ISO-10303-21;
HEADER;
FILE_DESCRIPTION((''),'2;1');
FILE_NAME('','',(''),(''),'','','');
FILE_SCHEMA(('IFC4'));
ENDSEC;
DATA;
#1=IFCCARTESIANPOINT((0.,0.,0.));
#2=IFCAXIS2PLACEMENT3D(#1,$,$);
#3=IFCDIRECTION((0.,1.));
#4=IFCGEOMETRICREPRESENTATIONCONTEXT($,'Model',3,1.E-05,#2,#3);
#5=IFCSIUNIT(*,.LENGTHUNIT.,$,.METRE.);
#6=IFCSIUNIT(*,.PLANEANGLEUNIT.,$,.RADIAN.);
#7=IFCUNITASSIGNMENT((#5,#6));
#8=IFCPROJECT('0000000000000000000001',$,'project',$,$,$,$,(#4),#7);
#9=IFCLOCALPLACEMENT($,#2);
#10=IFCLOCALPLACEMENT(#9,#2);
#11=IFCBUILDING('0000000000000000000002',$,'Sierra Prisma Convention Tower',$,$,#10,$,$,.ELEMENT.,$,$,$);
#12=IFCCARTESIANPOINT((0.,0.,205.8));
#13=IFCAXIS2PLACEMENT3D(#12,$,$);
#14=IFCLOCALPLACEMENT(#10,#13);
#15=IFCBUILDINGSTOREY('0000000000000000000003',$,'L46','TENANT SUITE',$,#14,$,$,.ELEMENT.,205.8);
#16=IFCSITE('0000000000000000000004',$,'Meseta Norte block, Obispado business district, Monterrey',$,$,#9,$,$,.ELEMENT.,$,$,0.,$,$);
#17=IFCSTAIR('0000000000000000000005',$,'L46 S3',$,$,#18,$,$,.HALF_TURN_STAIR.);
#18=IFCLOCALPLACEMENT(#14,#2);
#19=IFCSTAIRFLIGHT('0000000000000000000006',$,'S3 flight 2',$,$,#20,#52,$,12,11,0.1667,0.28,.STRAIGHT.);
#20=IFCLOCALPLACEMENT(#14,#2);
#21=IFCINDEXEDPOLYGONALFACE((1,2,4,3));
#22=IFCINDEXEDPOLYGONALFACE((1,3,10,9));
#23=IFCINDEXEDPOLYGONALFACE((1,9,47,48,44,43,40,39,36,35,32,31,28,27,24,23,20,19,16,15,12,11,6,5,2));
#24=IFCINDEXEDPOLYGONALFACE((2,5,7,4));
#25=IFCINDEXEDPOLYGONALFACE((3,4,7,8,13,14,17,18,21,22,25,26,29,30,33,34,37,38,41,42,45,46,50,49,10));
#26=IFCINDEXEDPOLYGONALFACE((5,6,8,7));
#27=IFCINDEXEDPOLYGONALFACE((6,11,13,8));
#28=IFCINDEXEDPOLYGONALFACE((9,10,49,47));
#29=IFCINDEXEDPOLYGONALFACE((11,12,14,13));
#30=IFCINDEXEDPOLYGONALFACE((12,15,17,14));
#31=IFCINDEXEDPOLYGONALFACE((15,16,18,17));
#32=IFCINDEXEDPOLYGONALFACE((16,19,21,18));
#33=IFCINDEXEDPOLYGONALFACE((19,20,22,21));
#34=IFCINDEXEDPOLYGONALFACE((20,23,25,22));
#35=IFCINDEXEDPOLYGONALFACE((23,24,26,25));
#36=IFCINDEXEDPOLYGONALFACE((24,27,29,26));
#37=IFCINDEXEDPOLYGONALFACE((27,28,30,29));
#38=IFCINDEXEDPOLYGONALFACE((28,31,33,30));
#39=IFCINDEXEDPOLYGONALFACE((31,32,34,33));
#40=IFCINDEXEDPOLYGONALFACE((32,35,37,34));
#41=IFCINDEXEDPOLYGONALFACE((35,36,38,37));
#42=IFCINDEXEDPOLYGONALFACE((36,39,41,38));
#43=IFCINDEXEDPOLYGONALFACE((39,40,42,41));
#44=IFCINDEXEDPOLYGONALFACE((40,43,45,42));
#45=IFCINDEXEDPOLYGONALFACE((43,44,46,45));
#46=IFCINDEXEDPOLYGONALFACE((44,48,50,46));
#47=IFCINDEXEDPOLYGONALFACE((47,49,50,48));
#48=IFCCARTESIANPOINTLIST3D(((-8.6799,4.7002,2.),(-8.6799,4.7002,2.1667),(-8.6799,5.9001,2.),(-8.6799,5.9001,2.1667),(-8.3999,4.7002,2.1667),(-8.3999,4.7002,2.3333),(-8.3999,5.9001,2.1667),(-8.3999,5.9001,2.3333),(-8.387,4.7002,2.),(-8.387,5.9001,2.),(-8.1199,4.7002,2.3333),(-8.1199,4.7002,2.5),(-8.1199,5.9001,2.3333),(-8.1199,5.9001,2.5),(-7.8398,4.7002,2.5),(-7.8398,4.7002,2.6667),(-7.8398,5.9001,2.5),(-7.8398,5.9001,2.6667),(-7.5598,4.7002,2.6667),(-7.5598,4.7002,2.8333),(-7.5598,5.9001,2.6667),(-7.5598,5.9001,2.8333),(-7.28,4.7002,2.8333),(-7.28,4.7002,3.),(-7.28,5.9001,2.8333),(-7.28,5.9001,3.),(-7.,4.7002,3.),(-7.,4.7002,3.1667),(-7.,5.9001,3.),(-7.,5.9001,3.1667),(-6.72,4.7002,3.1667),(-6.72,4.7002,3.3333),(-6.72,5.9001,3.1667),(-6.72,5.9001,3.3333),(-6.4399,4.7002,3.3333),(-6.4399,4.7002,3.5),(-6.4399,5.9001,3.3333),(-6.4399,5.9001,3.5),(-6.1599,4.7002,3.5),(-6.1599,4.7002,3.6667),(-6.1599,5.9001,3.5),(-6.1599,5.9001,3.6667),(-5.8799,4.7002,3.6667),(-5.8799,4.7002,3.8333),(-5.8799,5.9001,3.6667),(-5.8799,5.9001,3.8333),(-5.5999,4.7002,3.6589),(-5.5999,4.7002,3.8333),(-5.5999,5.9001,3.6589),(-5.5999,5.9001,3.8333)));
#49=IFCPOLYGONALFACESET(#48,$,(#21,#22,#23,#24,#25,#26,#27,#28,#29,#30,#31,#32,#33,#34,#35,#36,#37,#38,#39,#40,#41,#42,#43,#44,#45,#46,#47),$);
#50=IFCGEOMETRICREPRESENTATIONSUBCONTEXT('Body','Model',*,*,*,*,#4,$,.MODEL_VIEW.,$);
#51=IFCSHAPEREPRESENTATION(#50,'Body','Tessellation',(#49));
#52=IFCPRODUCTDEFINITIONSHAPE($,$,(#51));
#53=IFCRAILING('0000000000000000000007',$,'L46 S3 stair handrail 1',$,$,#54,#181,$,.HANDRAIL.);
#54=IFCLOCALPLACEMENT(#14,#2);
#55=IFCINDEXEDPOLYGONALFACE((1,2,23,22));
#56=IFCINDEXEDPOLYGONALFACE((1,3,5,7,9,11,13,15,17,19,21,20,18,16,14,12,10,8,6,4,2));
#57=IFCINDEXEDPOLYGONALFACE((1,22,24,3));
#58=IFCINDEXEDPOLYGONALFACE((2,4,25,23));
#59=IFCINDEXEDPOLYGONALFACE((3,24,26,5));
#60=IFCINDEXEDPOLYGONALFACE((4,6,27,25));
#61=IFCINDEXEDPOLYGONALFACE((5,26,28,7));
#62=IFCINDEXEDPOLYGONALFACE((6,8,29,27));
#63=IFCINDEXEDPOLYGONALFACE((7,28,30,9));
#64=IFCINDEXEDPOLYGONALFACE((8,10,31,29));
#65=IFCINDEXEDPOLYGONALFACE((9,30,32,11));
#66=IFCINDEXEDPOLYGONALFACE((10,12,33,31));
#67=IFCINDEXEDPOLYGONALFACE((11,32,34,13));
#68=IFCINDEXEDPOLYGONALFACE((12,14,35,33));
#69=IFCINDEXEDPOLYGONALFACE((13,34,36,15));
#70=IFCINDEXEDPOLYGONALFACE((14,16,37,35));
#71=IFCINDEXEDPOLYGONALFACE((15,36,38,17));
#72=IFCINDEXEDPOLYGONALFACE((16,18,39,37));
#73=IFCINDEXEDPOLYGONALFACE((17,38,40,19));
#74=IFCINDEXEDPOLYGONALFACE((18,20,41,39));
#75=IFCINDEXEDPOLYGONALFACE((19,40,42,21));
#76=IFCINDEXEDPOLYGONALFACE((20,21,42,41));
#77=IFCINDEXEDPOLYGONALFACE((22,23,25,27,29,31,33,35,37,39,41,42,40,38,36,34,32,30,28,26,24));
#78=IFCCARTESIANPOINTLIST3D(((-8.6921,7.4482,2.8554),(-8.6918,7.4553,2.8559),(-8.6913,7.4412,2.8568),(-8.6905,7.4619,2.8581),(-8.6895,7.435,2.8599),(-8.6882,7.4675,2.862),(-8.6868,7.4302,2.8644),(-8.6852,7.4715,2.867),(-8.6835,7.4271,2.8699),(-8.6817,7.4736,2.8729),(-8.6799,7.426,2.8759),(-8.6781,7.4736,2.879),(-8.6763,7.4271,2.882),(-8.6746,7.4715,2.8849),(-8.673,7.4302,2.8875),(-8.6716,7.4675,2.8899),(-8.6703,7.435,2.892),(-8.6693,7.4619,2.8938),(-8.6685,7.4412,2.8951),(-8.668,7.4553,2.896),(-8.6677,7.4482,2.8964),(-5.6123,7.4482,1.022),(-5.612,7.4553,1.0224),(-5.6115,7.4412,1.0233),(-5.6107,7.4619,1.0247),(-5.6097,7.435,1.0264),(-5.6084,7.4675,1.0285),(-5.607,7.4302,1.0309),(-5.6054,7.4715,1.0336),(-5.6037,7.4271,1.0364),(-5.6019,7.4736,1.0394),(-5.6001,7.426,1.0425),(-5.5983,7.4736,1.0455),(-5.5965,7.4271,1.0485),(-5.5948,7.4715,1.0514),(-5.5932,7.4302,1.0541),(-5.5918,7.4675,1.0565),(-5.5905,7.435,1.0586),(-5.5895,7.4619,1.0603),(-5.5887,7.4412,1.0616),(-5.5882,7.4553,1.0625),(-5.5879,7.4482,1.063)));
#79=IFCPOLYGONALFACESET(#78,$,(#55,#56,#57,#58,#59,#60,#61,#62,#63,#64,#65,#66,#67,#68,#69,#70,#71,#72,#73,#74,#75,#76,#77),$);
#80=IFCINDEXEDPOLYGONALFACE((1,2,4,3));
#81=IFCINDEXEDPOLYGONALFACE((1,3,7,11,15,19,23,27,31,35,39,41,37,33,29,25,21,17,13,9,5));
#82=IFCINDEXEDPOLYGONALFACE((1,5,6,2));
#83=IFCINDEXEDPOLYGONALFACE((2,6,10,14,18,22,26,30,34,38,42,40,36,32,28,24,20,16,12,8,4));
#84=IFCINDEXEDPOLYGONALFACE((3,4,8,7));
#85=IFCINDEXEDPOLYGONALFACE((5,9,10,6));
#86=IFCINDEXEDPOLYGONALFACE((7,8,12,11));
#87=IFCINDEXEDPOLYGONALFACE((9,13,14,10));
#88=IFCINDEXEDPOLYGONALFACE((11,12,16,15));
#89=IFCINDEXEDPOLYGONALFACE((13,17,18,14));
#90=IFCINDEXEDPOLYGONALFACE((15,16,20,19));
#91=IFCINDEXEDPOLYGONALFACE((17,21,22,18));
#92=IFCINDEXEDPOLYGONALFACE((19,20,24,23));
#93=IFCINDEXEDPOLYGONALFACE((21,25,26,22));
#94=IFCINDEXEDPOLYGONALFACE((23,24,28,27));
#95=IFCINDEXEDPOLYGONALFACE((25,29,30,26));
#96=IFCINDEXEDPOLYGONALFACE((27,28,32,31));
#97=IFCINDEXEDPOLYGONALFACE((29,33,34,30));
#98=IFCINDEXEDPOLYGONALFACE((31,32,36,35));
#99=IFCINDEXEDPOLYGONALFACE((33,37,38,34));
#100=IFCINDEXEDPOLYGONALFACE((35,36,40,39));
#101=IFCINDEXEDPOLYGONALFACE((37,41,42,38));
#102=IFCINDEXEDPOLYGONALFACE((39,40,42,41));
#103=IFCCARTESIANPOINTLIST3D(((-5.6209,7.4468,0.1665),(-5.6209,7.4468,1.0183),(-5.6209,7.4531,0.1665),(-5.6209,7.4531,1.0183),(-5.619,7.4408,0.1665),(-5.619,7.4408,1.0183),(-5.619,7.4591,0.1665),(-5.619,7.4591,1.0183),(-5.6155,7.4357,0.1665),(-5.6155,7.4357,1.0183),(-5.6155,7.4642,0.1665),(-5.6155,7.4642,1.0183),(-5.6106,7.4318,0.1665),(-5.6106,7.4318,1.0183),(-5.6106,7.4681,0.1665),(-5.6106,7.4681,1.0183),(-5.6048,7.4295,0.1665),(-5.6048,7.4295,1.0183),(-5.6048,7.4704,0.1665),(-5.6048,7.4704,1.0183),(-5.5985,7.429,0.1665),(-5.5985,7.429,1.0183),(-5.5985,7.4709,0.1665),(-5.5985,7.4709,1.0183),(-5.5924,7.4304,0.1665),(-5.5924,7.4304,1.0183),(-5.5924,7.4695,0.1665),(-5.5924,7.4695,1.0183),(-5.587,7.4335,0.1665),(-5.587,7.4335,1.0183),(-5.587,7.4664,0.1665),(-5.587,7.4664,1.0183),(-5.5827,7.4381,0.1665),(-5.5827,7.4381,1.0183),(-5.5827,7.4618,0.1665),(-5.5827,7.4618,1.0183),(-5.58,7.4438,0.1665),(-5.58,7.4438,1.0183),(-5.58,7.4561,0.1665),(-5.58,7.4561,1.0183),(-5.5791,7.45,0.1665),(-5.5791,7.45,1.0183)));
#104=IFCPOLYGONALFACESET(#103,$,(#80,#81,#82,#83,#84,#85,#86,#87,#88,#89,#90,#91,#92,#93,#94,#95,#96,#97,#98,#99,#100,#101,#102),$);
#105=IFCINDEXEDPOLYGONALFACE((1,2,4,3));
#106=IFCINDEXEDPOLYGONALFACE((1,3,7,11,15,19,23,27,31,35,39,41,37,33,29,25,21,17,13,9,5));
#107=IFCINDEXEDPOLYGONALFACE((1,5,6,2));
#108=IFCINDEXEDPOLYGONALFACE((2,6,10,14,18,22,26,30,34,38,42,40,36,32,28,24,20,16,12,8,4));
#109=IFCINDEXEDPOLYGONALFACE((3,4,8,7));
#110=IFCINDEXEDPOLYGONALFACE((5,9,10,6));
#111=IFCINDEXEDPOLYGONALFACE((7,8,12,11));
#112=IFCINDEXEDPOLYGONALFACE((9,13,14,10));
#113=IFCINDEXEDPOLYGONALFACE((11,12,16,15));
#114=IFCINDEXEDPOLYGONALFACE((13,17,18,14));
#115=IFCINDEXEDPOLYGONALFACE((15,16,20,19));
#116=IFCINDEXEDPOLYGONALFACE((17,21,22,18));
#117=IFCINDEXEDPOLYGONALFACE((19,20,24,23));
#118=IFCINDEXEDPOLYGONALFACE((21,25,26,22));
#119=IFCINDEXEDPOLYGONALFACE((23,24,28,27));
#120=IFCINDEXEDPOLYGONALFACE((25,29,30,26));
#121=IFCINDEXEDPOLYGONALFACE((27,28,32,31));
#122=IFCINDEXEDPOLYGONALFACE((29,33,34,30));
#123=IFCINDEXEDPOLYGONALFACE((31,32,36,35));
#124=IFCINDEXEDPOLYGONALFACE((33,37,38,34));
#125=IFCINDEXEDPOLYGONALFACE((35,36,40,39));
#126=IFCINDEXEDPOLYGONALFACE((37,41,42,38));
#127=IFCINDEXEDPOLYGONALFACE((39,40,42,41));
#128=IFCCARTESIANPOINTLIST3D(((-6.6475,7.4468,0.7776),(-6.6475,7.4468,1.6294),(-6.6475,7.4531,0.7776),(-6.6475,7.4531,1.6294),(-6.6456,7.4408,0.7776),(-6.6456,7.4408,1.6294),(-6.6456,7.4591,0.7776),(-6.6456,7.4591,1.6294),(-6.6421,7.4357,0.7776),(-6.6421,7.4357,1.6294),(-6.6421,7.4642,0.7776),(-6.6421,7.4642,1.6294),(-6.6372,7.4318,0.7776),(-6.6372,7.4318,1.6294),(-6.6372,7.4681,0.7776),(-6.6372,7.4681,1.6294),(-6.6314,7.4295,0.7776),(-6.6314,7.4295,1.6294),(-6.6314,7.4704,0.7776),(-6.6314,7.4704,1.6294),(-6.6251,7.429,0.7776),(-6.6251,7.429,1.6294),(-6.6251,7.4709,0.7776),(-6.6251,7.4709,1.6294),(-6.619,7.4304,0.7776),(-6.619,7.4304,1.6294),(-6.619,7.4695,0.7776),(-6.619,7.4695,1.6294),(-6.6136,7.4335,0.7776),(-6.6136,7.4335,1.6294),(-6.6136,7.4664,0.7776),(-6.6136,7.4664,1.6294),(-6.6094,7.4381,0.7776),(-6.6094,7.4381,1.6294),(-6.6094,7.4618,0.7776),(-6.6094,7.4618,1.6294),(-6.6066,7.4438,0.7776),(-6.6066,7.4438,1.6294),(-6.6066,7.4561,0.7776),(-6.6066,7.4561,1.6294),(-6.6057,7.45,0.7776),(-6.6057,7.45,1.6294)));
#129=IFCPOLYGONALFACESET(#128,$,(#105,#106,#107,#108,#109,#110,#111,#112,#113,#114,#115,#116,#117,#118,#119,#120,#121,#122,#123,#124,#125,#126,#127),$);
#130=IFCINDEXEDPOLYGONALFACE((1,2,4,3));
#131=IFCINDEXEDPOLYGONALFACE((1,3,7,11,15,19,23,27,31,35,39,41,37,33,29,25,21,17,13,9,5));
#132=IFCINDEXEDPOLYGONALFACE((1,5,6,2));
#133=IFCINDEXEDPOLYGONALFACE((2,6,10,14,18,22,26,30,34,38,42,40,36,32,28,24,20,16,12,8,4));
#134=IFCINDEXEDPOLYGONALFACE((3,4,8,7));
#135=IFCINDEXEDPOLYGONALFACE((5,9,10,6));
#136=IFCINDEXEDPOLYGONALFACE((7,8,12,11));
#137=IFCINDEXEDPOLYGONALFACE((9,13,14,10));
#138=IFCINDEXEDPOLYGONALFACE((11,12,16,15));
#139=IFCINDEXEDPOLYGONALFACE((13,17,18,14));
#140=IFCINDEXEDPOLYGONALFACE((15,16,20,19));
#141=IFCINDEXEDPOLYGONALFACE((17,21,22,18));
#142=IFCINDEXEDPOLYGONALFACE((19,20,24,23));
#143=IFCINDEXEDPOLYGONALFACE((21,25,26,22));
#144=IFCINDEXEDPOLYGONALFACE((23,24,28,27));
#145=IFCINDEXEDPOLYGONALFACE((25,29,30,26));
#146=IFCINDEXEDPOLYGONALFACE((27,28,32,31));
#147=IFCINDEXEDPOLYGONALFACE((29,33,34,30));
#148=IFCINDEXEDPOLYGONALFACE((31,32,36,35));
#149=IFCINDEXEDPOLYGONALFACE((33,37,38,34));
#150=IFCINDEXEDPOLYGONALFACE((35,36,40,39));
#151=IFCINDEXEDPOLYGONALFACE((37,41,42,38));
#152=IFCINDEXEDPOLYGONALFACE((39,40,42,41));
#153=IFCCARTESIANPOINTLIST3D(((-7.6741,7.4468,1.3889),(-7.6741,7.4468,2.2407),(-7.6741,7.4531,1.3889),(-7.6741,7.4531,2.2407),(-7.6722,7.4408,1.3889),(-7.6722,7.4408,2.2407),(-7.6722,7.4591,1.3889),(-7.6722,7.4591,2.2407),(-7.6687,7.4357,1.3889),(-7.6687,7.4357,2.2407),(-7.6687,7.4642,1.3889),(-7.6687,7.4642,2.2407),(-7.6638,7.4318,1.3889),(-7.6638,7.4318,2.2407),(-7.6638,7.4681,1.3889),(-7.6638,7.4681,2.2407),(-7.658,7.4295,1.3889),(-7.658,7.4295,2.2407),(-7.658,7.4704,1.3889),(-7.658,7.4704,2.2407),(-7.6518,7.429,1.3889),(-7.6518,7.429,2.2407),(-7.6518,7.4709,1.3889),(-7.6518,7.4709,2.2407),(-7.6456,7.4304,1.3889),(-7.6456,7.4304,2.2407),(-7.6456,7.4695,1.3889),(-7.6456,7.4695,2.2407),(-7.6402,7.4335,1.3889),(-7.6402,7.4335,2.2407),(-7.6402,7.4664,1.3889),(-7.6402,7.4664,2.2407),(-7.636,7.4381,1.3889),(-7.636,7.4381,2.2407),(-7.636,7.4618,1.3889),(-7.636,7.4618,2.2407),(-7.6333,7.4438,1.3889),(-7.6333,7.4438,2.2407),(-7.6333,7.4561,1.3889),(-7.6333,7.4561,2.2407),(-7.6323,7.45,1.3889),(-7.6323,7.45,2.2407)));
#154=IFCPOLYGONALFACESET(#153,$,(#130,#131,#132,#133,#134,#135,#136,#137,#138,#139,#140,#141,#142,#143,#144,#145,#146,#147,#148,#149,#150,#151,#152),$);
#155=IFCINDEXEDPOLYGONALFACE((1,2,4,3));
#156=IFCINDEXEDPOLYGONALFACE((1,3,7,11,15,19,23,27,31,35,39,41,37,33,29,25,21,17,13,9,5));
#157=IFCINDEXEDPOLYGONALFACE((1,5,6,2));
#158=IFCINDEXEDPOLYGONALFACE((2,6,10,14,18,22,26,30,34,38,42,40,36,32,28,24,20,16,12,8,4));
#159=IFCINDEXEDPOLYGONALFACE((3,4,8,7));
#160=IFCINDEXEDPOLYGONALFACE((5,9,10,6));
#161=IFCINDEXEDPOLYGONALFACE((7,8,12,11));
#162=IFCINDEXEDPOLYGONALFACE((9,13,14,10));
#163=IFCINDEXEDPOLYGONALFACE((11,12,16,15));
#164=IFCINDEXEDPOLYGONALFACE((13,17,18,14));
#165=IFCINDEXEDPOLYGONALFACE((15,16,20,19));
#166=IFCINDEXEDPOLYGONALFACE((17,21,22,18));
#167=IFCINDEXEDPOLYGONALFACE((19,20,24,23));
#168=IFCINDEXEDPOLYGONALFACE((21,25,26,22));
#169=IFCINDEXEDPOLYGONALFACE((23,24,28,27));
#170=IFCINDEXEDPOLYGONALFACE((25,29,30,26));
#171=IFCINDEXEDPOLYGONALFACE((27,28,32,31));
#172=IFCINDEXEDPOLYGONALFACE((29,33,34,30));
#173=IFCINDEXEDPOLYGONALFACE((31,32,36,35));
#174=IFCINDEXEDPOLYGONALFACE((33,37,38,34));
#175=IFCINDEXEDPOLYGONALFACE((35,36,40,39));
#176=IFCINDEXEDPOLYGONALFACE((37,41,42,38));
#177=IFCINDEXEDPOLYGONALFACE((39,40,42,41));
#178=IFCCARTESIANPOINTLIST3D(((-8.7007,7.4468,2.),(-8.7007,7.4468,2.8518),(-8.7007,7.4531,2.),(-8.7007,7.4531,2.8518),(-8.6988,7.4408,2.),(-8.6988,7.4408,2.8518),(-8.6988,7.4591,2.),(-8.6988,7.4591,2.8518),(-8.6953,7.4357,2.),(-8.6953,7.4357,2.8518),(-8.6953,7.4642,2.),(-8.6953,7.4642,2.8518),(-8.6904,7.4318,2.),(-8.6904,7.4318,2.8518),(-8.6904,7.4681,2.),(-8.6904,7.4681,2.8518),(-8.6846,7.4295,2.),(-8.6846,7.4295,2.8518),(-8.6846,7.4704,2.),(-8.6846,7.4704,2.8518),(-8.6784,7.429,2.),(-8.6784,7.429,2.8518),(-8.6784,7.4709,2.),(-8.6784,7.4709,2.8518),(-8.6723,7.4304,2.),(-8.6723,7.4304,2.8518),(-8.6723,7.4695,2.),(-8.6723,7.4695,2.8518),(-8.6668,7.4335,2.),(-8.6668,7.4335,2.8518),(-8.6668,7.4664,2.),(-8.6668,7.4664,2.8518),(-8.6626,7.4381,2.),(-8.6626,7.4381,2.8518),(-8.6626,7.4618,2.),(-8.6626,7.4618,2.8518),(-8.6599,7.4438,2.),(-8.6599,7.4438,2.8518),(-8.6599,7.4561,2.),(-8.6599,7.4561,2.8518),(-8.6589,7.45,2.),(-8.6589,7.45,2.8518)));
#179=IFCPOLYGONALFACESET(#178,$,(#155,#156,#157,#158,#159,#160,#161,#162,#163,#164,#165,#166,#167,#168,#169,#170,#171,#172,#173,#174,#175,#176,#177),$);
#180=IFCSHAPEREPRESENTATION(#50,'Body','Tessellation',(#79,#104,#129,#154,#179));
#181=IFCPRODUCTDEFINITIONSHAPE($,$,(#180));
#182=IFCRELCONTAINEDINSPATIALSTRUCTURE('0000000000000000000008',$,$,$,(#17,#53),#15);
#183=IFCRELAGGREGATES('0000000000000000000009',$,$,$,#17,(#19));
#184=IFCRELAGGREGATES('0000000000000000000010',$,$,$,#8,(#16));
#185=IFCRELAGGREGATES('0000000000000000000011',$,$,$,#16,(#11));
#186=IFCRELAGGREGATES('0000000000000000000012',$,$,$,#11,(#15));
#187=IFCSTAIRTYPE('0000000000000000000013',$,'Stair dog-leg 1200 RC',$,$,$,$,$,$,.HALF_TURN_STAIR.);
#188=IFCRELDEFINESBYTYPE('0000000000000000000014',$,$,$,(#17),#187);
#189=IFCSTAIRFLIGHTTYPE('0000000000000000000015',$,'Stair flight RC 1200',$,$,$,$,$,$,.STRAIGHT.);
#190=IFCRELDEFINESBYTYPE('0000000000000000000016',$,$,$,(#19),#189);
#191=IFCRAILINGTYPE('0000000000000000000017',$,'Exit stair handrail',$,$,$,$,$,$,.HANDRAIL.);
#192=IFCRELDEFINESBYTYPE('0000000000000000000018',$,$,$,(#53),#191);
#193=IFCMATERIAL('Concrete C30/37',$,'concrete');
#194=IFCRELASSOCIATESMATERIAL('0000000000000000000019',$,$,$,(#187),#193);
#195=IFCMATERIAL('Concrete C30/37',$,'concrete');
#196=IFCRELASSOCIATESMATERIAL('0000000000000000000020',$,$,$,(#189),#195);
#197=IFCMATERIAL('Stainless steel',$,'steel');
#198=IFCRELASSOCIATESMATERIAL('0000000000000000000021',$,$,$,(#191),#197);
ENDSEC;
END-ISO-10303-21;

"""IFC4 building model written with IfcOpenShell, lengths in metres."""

from ifc_helpers import new_model, si_unit, direction, frame, origin, origin_2d, place, context, subcontext, project, spatial, polyline, circle, outline, extrude, material, type_object, element, aggregate, save


model = new_model("IFC4")

# Units and contexts
model_context = context("Model", 3, precision=1e-05, world=origin(), true_north=direction((0.0, 1.0)))
body_context = subcontext(model_context, "Body", "Model", "MODEL_VIEW")
ifc_project = project(units=[si_unit("LENGTHUNIT", "METRE"), si_unit("PLANEANGLEUNIT", "RADIAN")], contexts=[model_context])

# Site, building, storey
site_placement = place(None, origin())
site = spatial("IfcSite", under=ifc_project, at=site_placement, Name="Meseta Norte block, Obispado business district, Monterrey", CompositionType="ELEMENT", RefElevation=0.0)
building_placement = place(site_placement, origin())
building = spatial("IfcBuilding", under=site, at=building_placement, Name="Sierra Prisma Convention Tower", CompositionType="ELEMENT")
storey_placement = place(building_placement, frame((0.0, 0.0, 205.8)))
storey = spatial("IfcBuildingStorey", under=building, at=storey_placement, Name="L46", Description="TENANT SUITE", CompositionType="ELEMENT", Elevation=205.8)

# Stair, stair flight
ifc_material_1 = material(Name="Concrete C30/37", Category="concrete")
stair_type = type_object("IfcStairType", Name="Stair dog-leg 1200 RC", PredefinedType="HALF_TURN_STAIR", material=ifc_material_1)
stair_placement = place(storey_placement, origin())
stair = element("IfcStair", 1, at=stair_placement, inside=storey, type_object=stair_type, Name="L46 S3", PredefinedType="HALF_TURN_STAIR")
ifc_material_2 = material(Name="Concrete C30/37", Category="concrete")
stair_flight_type = type_object("IfcStairFlightType", Name="Stair flight RC 1200", PredefinedType="STRAIGHT", material=ifc_material_2)
stair_flight_1_placement = place(storey_placement, frame((-8.6799, 5.3, 2.0), z_axis=(0.0, 0.0, 1.0), x_axis=(1.0, 0.0, 0.0)))
stair_flight_1 = element("IfcStairFlight", 2, at=stair_flight_1_placement, type_object=stair_flight_type, Name="S3 flight 2", NumberOfRisers=12, NumberOfTreads=11, PredefinedType="STRAIGHT", RiserHeight=0.1667, TreadLength=0.28, context=body_context, shape_type="SweptSolid", body=[
    extrude(outline(polyline([(0.0, 0.0), (0.0, 0.1667), (0.28, 0.1667), (0.28, 0.3333), (0.5601, 0.3333), (0.5601, 0.5), (0.8401, 0.5), (0.8401, 0.6667), (1.1201, 0.6667), (1.1201, 0.8333), (1.3999, 0.8333), (1.3999, 1.0), (1.6799, 1.0), (1.6799, 1.1667), (1.96, 1.1667), (1.96, 1.3333), (2.24, 1.3333), (2.24, 1.5), (2.52, 1.5), (2.52, 1.6667), (2.8, 1.6667), (2.8, 1.8333), (3.0801, 1.8333), (3.0801, 2.0), (3.0801, 1.6589), (0.293, 0.0), (0.0, 0.0)])), frame((0.0, 0.6001, 0.0), z_axis=(0.0, -1.0, 0.0), x_axis=(1.0, 0.0, 0.0)), (0.0, 0.0, 1.0), 1.2),
])
aggregate(stair, [stair_flight_1])

# Railing
ifc_material_3 = material(Name="Stainless steel", Category="steel")
railing_type_1 = type_object("IfcRailingType", Name="Exit stair handrail", PredefinedType="HANDRAIL", material=ifc_material_3)
railing_1_placement = place(storey_placement, frame((-5.6001, 7.45, 0.1665)))
element("IfcRailing", 3, at=railing_1_placement, inside=storey, type_object=railing_type_1, Name="L46 S3 stair handrail 1", PredefinedType="HANDRAIL", context=body_context, shape_type="SweptSolid", body=[
    extrude(circle(Radius=0.0239, at=origin_2d()), frame((0.0, 0.0, 0.876), z_axis=(-0.859261, 0.0, 0.511538), x_axis=(0.0, -1.0, 0.0)), (0.0, 0.0, 1.0), 3.5842),
    extrude(circle(Radius=0.021, at=origin_2d()), origin(), (0.0, 0.0, 1.0), 0.8518),
    extrude(circle(Radius=0.021, at=origin_2d()), frame((-1.0266, 0.0, 0.6111)), (0.0, 0.0, 1.0), 0.8518),
    extrude(circle(Radius=0.021, at=origin_2d()), frame((-2.0532, 0.0, 1.2224)), (0.0, 0.0, 1.0), 0.8518),
    extrude(circle(Radius=0.021, at=origin_2d()), frame((-3.0798, 0.0, 1.8335)), (0.0, 0.0, 1.0), 0.8518),
])

save(model, "model.ifc")
